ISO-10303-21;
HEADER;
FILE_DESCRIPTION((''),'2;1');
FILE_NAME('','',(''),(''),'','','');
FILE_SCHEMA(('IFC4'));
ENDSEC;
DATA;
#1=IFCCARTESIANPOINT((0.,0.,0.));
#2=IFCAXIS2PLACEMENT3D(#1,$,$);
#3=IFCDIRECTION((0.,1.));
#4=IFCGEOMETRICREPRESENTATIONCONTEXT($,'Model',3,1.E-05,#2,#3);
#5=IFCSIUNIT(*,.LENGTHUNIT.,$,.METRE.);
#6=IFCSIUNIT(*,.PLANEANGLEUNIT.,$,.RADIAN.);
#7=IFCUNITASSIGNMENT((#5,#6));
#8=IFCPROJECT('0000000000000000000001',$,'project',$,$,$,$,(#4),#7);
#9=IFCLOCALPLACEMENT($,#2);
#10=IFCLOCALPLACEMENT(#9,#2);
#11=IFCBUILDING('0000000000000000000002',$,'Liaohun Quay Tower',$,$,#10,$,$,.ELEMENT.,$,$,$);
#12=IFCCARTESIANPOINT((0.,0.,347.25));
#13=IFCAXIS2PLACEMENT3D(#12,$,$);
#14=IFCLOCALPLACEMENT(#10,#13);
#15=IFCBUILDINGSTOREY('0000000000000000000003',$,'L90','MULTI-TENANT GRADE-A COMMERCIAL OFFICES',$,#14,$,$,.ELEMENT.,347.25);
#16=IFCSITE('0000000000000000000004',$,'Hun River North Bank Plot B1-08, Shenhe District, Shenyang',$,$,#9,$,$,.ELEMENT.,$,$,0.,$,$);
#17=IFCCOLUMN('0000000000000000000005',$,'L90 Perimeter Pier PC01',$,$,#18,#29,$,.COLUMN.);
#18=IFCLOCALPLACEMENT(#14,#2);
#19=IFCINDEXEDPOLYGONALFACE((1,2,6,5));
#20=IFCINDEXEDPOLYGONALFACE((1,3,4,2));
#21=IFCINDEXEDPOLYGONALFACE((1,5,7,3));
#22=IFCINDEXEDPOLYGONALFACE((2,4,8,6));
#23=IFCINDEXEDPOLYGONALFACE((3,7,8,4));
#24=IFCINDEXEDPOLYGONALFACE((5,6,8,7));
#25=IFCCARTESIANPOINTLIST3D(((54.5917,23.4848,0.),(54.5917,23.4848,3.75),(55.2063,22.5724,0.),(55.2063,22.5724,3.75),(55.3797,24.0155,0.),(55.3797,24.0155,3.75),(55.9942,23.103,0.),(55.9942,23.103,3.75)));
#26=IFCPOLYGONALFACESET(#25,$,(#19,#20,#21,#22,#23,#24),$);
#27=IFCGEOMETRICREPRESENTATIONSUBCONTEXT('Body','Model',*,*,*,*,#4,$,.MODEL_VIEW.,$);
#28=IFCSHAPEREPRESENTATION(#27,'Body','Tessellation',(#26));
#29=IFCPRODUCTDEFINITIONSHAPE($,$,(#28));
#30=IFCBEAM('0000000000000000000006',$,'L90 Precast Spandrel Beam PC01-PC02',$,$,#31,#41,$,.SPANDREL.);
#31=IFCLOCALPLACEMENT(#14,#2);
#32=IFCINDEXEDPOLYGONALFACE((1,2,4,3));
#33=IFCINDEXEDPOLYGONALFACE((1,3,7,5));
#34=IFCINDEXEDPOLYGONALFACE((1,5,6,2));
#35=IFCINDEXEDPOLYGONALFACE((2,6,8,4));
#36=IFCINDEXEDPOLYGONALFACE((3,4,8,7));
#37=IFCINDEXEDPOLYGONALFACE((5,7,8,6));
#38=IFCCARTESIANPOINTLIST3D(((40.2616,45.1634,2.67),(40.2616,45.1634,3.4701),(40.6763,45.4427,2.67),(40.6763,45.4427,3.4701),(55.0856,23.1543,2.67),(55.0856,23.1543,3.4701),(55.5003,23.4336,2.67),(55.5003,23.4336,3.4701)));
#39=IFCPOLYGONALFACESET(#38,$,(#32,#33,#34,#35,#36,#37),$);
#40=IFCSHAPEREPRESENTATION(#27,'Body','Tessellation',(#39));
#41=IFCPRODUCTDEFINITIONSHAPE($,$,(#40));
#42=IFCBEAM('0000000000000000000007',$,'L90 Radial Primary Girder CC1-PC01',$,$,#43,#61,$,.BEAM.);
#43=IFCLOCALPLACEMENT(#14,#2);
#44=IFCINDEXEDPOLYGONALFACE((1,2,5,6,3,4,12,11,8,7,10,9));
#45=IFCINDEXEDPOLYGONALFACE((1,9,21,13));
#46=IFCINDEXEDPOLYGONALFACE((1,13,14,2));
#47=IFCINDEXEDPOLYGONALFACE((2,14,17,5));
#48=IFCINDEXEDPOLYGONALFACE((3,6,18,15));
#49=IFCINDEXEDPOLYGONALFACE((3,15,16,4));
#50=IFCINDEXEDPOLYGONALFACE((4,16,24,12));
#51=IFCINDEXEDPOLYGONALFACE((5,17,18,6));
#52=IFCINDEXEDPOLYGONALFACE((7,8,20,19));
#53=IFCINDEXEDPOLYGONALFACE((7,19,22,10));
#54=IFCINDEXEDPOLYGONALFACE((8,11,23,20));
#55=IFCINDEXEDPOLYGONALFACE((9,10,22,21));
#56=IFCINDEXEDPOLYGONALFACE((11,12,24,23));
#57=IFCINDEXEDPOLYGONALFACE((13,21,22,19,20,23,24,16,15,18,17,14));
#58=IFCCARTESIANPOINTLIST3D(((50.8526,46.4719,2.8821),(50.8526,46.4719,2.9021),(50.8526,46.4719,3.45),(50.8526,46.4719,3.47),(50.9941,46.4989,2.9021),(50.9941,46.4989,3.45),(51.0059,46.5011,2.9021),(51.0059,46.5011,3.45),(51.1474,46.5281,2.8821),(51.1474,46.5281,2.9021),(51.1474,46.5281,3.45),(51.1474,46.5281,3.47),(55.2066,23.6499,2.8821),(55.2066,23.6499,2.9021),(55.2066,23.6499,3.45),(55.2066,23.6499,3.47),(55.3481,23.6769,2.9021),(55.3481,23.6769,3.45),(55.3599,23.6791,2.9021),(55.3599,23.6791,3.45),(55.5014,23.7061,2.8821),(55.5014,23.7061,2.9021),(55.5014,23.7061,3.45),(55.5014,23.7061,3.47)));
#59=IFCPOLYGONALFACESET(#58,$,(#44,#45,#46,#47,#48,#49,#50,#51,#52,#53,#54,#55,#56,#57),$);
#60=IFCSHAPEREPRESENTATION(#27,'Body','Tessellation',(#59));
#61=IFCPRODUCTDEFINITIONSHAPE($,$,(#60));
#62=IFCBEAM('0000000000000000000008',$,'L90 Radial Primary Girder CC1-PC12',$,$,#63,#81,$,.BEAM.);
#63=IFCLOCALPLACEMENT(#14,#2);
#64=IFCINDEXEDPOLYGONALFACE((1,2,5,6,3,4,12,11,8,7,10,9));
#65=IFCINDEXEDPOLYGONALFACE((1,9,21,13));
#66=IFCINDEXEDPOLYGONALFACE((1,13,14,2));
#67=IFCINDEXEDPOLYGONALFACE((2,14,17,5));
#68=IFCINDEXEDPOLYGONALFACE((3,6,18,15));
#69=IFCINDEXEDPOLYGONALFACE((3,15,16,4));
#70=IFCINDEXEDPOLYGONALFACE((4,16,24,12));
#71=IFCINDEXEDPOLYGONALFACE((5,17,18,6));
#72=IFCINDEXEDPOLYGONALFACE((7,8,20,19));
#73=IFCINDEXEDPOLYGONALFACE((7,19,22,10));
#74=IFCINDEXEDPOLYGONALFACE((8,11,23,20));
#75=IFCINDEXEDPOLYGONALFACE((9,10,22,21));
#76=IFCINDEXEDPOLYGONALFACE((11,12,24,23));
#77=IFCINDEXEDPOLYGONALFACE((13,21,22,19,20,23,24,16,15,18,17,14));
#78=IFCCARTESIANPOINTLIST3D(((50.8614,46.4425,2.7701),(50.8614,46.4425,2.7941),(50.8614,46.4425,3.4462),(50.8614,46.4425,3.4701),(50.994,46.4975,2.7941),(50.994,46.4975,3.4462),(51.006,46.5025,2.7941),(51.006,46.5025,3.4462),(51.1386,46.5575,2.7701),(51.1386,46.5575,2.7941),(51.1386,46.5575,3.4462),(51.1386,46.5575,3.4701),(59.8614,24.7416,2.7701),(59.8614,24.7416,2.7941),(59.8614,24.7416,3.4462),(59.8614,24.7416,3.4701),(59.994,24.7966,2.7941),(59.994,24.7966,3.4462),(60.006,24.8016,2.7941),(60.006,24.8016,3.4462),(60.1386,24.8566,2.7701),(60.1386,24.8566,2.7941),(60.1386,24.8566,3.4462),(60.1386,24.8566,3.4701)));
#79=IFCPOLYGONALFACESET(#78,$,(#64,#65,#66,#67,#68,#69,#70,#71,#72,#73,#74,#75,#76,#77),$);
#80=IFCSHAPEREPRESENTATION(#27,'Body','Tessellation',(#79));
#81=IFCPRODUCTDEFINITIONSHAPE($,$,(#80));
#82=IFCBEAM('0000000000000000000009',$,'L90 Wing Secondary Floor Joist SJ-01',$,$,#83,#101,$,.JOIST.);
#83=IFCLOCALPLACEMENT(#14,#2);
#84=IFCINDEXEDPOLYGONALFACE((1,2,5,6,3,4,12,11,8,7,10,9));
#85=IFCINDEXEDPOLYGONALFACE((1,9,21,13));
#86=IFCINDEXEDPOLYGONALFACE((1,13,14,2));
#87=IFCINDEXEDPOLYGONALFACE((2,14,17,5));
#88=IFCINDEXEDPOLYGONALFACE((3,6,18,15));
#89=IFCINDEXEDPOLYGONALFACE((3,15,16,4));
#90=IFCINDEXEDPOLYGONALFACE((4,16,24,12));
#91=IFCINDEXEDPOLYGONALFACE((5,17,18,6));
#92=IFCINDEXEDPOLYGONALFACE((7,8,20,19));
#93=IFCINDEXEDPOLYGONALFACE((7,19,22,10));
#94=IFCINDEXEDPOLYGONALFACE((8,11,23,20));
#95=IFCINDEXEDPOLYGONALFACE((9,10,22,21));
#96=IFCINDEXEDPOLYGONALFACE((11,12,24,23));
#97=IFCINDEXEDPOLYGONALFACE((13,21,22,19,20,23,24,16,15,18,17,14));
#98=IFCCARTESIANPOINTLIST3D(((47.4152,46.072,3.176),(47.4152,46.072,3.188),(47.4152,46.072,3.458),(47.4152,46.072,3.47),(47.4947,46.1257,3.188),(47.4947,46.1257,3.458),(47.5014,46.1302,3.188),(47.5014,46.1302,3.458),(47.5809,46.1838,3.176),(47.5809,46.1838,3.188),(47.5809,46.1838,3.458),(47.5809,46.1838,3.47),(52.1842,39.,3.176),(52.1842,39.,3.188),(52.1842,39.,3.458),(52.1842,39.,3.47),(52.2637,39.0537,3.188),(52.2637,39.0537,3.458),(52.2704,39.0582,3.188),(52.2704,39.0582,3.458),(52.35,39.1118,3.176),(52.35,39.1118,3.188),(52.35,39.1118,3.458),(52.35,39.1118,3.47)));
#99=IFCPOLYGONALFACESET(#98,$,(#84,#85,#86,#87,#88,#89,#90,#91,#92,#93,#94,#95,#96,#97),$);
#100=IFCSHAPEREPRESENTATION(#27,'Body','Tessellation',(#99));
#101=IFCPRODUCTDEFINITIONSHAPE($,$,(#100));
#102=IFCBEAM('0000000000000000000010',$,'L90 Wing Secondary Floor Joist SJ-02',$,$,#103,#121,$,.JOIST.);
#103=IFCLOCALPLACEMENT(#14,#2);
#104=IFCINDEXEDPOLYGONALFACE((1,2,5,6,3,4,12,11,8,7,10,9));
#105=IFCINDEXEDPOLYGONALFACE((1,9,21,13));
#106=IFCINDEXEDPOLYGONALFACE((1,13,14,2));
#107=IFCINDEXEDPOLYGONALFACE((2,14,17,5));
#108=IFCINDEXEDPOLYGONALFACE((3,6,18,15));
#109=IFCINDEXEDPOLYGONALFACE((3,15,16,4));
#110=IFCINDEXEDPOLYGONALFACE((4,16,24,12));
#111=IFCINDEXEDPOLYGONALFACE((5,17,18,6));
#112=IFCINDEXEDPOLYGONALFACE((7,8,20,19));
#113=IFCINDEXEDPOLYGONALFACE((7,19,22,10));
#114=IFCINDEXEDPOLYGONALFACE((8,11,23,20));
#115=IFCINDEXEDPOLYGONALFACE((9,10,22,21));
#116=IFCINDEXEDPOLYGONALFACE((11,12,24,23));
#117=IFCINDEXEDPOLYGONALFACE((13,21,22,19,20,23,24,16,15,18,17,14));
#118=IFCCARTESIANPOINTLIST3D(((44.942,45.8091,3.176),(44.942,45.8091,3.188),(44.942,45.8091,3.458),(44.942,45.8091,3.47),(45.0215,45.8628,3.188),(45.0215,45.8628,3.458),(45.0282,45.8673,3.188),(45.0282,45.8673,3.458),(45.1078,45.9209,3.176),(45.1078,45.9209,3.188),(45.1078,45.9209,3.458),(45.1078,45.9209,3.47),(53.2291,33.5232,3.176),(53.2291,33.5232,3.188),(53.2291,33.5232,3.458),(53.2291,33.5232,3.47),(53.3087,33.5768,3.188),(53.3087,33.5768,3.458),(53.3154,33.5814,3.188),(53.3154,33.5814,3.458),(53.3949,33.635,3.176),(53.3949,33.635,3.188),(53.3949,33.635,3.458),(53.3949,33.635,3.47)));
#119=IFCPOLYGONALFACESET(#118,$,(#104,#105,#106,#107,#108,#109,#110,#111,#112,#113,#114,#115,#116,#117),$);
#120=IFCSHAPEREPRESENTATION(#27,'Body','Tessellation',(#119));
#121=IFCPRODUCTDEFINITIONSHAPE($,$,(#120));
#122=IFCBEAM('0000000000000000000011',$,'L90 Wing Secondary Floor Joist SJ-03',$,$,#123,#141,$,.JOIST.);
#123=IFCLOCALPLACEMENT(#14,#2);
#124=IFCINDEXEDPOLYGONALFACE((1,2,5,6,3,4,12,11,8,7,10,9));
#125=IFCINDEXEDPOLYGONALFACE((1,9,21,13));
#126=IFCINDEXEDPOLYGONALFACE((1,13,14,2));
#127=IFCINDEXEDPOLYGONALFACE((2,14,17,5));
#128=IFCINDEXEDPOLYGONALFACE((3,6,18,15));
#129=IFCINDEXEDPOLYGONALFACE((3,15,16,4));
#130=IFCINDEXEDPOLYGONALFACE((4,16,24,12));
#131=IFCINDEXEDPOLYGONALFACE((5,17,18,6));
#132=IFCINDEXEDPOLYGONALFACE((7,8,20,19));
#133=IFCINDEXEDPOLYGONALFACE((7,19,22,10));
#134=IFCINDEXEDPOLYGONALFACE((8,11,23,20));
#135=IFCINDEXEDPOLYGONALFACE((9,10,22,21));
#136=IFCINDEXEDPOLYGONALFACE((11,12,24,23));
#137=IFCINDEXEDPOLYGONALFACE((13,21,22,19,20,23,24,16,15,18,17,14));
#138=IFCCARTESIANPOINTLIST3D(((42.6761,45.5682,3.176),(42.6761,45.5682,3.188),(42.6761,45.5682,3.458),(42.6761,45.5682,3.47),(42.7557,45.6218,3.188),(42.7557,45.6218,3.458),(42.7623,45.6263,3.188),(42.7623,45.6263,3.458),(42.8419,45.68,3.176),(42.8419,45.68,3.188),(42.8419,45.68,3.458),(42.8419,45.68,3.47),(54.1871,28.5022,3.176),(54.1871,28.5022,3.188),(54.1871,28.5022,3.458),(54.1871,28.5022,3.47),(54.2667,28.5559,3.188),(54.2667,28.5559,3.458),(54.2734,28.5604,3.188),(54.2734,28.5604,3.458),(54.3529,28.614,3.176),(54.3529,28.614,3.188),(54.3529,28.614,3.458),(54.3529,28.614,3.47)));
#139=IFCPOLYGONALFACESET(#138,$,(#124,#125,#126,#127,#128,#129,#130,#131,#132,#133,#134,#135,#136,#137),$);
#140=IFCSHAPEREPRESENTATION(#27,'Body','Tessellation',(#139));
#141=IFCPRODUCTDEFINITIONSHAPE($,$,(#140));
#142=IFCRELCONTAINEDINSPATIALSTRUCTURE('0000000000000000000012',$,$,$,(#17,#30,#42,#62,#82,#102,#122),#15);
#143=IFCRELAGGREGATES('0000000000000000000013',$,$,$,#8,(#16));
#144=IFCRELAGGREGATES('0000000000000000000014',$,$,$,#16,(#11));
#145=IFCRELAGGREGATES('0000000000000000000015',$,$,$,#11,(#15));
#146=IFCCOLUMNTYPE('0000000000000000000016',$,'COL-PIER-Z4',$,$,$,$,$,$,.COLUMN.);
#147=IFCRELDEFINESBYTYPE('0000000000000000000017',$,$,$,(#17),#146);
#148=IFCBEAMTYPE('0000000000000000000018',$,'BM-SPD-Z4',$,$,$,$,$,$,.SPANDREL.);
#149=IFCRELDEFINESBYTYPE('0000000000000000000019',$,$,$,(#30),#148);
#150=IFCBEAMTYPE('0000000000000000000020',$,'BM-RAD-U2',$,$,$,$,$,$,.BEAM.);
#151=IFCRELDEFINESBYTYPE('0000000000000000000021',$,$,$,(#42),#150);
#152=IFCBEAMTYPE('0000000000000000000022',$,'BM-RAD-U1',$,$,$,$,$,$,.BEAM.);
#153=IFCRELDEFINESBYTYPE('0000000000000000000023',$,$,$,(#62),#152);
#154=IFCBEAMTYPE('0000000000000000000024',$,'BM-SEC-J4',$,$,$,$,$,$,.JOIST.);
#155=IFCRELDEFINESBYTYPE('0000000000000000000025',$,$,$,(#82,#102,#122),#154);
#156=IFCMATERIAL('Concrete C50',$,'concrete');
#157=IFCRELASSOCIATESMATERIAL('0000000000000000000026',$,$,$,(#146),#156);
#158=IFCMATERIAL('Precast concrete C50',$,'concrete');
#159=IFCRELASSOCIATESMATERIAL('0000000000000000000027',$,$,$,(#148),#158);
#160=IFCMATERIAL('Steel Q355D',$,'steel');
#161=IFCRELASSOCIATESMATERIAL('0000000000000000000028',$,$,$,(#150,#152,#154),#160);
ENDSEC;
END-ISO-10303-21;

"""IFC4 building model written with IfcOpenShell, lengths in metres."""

from ifc_helpers import new_model, si_unit, direction, frame, origin, origin_2d, place, context, subcontext, project, spatial, rectangle, i_section, extrude, source, transform, mapped, material, material_profile, profile_set, type_object, element, save


model = new_model("IFC4")

# Units and contexts
model_context = context("Model", 3, precision=1e-05, world=origin(), true_north=direction((0.0, 1.0)))
body_context = subcontext(model_context, "Body", "Model", "MODEL_VIEW")
ifc_project = project(units=[si_unit("LENGTHUNIT", "METRE"), si_unit("PLANEANGLEUNIT", "RADIAN")], contexts=[model_context])

# Site, building, storey
site_placement = place(None, origin())
site = spatial("IfcSite", under=ifc_project, at=site_placement, Name="Hun River North Bank Plot B1-08, Shenhe District, Shenyang", CompositionType="ELEMENT", RefElevation=0.0)
building_placement = place(site_placement, origin())
building = spatial("IfcBuilding", under=site, at=building_placement, Name="Liaohun Quay Tower", CompositionType="ELEMENT")
storey_placement = place(building_placement, frame((0.0, 0.0, 347.25)))
storey = spatial("IfcBuildingStorey", under=building, at=storey_placement, Name="L90", Description="MULTI-TENANT GRADE-A COMMERCIAL OFFICES", CompositionType="ELEMENT", Elevation=347.25)

# Column
ifc_material_1 = material(Name="Concrete C50", Category="concrete")
ifc_material_profile_1 = material_profile(ifc_material_1, rectangle(XDim=1.1001, YDim=0.95, at=origin_2d()), Name="RC1100x950")
ifc_profile_set_1 = profile_set([ifc_material_profile_1], Name="Concrete C50")
column_type = type_object("IfcColumnType", Name="COL-PIER-Z4", PredefinedType="COLUMN", material=ifc_profile_set_1)
shared_shape_1 = source(origin(), body_context, "Body", "SweptSolid", [
    extrude(rectangle(XDim=1.1001, YDim=0.95, at=origin_2d()), origin(), (0.0, 0.0, 1.0), 3.75),
])
column_placement = place(storey_placement, frame((55.293, 23.2939, 0.0), z_axis=(0.0, 0.0, 1.0), x_axis=(-0.558614, 0.829428, 0.0)))
element("IfcColumn", 1, at=column_placement, inside=storey, type_object=column_type, Name="L90 Perimeter Pier PC01", PredefinedType="COLUMN", context=body_context, shape_type="MappedRepresentation", body=[
    mapped(shared_shape_1, transform((0.0, 0.0, 0.0), x_axis=(1.0, 0.0, 0.0), y_axis=(0.0, 1.0, 0.0), z_axis=(0.0, 0.0, 1.0), scale=1.0)),
])

# Beams
ifc_material_2 = material(Name="Precast concrete C50", Category="concrete")
ifc_material_profile_2 = material_profile(ifc_material_2, rectangle(XDim=0.5, YDim=0.8, at=origin_2d()), Name="RC500x800")
ifc_profile_set_2 = profile_set([ifc_material_profile_2], Name="Precast concrete C50")
beam_type_1 = type_object("IfcBeamType", Name="BM-SPD-Z4", PredefinedType="SPANDREL", material=ifc_profile_set_2)
shared_shape_2 = source(origin(), body_context, "Body", "SweptSolid", [
    extrude(rectangle(XDim=0.5, YDim=0.8, at=origin_2d()), origin(), (0.0, 0.0, 1.0), 26.5359),
])
beam_1_placement = place(storey_placement, frame((55.293, 23.2939, 3.0701), z_axis=(-0.558641, 0.82941, 0.0), x_axis=(-0.82941, -0.558641, 0.0)))
element("IfcBeam", 2, at=beam_1_placement, inside=storey, type_object=beam_type_1, Name="L90 Precast Spandrel Beam PC01-PC02", PredefinedType="SPANDREL", context=body_context, shape_type="MappedRepresentation", body=[
    mapped(shared_shape_2, transform((0.0, 0.0, 0.0), x_axis=(1.0, 0.0, 0.0), y_axis=(0.0, 1.0, 0.0), z_axis=(0.0, 0.0, 1.0), scale=1.0)),
])
ifc_material_3 = material(Name="Steel Q355D", Category="steel")
ifc_material_profile_3 = material_profile(ifc_material_3, i_section(OverallWidth=0.3, OverallDepth=0.5879, WebThickness=0.012, FlangeThickness=0.02, at=origin_2d()), Name="HM588x300x12x20")
ifc_profile_set_3 = profile_set([ifc_material_profile_3], Name="Steel Q355D")
beam_type_2 = type_object("IfcBeamType", Name="BM-RAD-U2", PredefinedType="BEAM", material=ifc_profile_set_3)
shared_shape_3 = source(origin(), body_context, "Body", "SweptSolid", [
    extrude(i_section(OverallWidth=0.3, OverallDepth=0.5879, WebThickness=0.012, FlangeThickness=0.02, at=origin_2d()), origin(), (0.0, 0.0, 1.0), 23.2336),
])
beam_2_placement = place(storey_placement, frame((51.0, 46.5, 3.176), z_axis=(0.187401, -0.982284, 0.0), x_axis=(0.982284, 0.187401, 0.0)))
element("IfcBeam", 3, at=beam_2_placement, inside=storey, type_object=beam_type_2, Name="L90 Radial Primary Girder CC1-PC01", PredefinedType="BEAM", context=body_context, shape_type="MappedRepresentation", body=[
    mapped(shared_shape_3, transform((0.0, 0.0, 0.0), x_axis=(1.0, 0.0, 0.0), y_axis=(0.0, 1.0, 0.0), z_axis=(0.0, 0.0, 1.0), scale=1.0)),
])
ifc_material_profile_4 = material_profile(ifc_material_3, i_section(OverallWidth=0.3, OverallDepth=0.7, WebThickness=0.0129, FlangeThickness=0.0239, at=origin_2d()), Name="HN700x300x13x24")
ifc_profile_set_4 = profile_set([ifc_material_profile_4], Name="Steel Q355D")
beam_type_3 = type_object("IfcBeamType", Name="BM-RAD-U1", PredefinedType="BEAM", material=ifc_profile_set_4)
shared_shape_4 = source(origin(), body_context, "Body", "SweptSolid", [
    extrude(i_section(OverallWidth=0.3, OverallDepth=0.7, WebThickness=0.0129, FlangeThickness=0.0239, at=origin_2d()), origin(), (0.0, 0.0, 1.0), 23.4932),
])
beam_3_placement = place(storey_placement, frame((51.0, 46.5, 3.1201), z_axis=(0.38309, -0.923711, 0.0), x_axis=(0.923711, 0.38309, 0.0)))
element("IfcBeam", 4, at=beam_3_placement, inside=storey, type_object=beam_type_3, Name="L90 Radial Primary Girder CC1-PC12", PredefinedType="BEAM", context=body_context, shape_type="MappedRepresentation", body=[
    mapped(shared_shape_4, transform((0.0, 0.0, 0.0), x_axis=(1.0, 0.0, 0.0), y_axis=(0.0, 1.0, 0.0), z_axis=(0.0, 0.0, 1.0), scale=1.0)),
])
ifc_material_profile_5 = material_profile(ifc_material_3, i_section(OverallWidth=0.2, OverallDepth=0.2939, WebThickness=0.0081, FlangeThickness=0.012, at=origin_2d()), Name="HM294x200x8x12")
ifc_profile_set_5 = profile_set([ifc_material_profile_5], Name="Steel Q355D")
beam_type_4 = type_object("IfcBeamType", Name="BM-SEC-J4", PredefinedType="JOIST", material=ifc_profile_set_5)
shared_shape_5 = source(origin(), body_context, "Body", "SweptSolid", [
    extrude(i_section(OverallWidth=0.2, OverallDepth=0.2939, WebThickness=0.0081, FlangeThickness=0.012, at=origin_2d()), origin(), (0.0, 0.0, 1.0), 8.5298),
])
beam_4_placement = place(storey_placement, frame((52.2671, 39.0559, 3.323), z_axis=(-0.559105, 0.829097, 0.0), x_axis=(-0.829097, -0.559105, 0.0)))
element("IfcBeam", 5, at=beam_4_placement, inside=storey, type_object=beam_type_4, Name="L90 Wing Secondary Floor Joist SJ-01", PredefinedType="JOIST", context=body_context, shape_type="MappedRepresentation", body=[
    mapped(shared_shape_5, transform((0.0, 0.0, 0.0), x_axis=(1.0, 0.0, 0.0), y_axis=(0.0, 1.0, 0.0), z_axis=(0.0, 0.0, 1.0), scale=1.0)),
])
shared_shape_6 = source(origin(), body_context, "Body", "SweptSolid", [
    extrude(i_section(OverallWidth=0.2, OverallDepth=0.2939, WebThickness=0.0081, FlangeThickness=0.012, at=origin_2d()), origin(), (0.0, 0.0, 1.0), 14.8196),
])
beam_5_placement = place(storey_placement, frame((53.312, 33.5791, 3.323), z_axis=(-0.559201, 0.829032, 0.0), x_axis=(-0.829032, -0.559201, 0.0)))
element("IfcBeam", 6, at=beam_5_placement, inside=storey, type_object=beam_type_4, Name="L90 Wing Secondary Floor Joist SJ-02", PredefinedType="JOIST", context=body_context, shape_type="MappedRepresentation", body=[
    mapped(shared_shape_6, transform((0.0, 0.0, 0.0), x_axis=(1.0, 0.0, 0.0), y_axis=(0.0, 1.0, 0.0), z_axis=(0.0, 0.0, 1.0), scale=1.0)),
])
shared_shape_7 = source(origin(), body_context, "Body", "SweptSolid", [
    extrude(i_section(OverallWidth=0.2, OverallDepth=0.2939, WebThickness=0.0081, FlangeThickness=0.012, at=origin_2d()), origin(), (0.0, 0.0, 1.0), 20.5852),
])
beam_6_placement = place(storey_placement, frame((54.27, 28.5581, 3.323), z_axis=(-0.559189, 0.82904, 0.0), x_axis=(-0.82904, -0.559189, 0.0)))
element("IfcBeam", 7, at=beam_6_placement, inside=storey, type_object=beam_type_4, Name="L90 Wing Secondary Floor Joist SJ-03", PredefinedType="JOIST", context=body_context, shape_type="MappedRepresentation", body=[
    mapped(shared_shape_7, transform((0.0, 0.0, 0.0), x_axis=(1.0, 0.0, 0.0), y_axis=(0.0, 1.0, 0.0), z_axis=(0.0, 0.0, 1.0), scale=1.0)),
])

save(model, "model.ifc")
